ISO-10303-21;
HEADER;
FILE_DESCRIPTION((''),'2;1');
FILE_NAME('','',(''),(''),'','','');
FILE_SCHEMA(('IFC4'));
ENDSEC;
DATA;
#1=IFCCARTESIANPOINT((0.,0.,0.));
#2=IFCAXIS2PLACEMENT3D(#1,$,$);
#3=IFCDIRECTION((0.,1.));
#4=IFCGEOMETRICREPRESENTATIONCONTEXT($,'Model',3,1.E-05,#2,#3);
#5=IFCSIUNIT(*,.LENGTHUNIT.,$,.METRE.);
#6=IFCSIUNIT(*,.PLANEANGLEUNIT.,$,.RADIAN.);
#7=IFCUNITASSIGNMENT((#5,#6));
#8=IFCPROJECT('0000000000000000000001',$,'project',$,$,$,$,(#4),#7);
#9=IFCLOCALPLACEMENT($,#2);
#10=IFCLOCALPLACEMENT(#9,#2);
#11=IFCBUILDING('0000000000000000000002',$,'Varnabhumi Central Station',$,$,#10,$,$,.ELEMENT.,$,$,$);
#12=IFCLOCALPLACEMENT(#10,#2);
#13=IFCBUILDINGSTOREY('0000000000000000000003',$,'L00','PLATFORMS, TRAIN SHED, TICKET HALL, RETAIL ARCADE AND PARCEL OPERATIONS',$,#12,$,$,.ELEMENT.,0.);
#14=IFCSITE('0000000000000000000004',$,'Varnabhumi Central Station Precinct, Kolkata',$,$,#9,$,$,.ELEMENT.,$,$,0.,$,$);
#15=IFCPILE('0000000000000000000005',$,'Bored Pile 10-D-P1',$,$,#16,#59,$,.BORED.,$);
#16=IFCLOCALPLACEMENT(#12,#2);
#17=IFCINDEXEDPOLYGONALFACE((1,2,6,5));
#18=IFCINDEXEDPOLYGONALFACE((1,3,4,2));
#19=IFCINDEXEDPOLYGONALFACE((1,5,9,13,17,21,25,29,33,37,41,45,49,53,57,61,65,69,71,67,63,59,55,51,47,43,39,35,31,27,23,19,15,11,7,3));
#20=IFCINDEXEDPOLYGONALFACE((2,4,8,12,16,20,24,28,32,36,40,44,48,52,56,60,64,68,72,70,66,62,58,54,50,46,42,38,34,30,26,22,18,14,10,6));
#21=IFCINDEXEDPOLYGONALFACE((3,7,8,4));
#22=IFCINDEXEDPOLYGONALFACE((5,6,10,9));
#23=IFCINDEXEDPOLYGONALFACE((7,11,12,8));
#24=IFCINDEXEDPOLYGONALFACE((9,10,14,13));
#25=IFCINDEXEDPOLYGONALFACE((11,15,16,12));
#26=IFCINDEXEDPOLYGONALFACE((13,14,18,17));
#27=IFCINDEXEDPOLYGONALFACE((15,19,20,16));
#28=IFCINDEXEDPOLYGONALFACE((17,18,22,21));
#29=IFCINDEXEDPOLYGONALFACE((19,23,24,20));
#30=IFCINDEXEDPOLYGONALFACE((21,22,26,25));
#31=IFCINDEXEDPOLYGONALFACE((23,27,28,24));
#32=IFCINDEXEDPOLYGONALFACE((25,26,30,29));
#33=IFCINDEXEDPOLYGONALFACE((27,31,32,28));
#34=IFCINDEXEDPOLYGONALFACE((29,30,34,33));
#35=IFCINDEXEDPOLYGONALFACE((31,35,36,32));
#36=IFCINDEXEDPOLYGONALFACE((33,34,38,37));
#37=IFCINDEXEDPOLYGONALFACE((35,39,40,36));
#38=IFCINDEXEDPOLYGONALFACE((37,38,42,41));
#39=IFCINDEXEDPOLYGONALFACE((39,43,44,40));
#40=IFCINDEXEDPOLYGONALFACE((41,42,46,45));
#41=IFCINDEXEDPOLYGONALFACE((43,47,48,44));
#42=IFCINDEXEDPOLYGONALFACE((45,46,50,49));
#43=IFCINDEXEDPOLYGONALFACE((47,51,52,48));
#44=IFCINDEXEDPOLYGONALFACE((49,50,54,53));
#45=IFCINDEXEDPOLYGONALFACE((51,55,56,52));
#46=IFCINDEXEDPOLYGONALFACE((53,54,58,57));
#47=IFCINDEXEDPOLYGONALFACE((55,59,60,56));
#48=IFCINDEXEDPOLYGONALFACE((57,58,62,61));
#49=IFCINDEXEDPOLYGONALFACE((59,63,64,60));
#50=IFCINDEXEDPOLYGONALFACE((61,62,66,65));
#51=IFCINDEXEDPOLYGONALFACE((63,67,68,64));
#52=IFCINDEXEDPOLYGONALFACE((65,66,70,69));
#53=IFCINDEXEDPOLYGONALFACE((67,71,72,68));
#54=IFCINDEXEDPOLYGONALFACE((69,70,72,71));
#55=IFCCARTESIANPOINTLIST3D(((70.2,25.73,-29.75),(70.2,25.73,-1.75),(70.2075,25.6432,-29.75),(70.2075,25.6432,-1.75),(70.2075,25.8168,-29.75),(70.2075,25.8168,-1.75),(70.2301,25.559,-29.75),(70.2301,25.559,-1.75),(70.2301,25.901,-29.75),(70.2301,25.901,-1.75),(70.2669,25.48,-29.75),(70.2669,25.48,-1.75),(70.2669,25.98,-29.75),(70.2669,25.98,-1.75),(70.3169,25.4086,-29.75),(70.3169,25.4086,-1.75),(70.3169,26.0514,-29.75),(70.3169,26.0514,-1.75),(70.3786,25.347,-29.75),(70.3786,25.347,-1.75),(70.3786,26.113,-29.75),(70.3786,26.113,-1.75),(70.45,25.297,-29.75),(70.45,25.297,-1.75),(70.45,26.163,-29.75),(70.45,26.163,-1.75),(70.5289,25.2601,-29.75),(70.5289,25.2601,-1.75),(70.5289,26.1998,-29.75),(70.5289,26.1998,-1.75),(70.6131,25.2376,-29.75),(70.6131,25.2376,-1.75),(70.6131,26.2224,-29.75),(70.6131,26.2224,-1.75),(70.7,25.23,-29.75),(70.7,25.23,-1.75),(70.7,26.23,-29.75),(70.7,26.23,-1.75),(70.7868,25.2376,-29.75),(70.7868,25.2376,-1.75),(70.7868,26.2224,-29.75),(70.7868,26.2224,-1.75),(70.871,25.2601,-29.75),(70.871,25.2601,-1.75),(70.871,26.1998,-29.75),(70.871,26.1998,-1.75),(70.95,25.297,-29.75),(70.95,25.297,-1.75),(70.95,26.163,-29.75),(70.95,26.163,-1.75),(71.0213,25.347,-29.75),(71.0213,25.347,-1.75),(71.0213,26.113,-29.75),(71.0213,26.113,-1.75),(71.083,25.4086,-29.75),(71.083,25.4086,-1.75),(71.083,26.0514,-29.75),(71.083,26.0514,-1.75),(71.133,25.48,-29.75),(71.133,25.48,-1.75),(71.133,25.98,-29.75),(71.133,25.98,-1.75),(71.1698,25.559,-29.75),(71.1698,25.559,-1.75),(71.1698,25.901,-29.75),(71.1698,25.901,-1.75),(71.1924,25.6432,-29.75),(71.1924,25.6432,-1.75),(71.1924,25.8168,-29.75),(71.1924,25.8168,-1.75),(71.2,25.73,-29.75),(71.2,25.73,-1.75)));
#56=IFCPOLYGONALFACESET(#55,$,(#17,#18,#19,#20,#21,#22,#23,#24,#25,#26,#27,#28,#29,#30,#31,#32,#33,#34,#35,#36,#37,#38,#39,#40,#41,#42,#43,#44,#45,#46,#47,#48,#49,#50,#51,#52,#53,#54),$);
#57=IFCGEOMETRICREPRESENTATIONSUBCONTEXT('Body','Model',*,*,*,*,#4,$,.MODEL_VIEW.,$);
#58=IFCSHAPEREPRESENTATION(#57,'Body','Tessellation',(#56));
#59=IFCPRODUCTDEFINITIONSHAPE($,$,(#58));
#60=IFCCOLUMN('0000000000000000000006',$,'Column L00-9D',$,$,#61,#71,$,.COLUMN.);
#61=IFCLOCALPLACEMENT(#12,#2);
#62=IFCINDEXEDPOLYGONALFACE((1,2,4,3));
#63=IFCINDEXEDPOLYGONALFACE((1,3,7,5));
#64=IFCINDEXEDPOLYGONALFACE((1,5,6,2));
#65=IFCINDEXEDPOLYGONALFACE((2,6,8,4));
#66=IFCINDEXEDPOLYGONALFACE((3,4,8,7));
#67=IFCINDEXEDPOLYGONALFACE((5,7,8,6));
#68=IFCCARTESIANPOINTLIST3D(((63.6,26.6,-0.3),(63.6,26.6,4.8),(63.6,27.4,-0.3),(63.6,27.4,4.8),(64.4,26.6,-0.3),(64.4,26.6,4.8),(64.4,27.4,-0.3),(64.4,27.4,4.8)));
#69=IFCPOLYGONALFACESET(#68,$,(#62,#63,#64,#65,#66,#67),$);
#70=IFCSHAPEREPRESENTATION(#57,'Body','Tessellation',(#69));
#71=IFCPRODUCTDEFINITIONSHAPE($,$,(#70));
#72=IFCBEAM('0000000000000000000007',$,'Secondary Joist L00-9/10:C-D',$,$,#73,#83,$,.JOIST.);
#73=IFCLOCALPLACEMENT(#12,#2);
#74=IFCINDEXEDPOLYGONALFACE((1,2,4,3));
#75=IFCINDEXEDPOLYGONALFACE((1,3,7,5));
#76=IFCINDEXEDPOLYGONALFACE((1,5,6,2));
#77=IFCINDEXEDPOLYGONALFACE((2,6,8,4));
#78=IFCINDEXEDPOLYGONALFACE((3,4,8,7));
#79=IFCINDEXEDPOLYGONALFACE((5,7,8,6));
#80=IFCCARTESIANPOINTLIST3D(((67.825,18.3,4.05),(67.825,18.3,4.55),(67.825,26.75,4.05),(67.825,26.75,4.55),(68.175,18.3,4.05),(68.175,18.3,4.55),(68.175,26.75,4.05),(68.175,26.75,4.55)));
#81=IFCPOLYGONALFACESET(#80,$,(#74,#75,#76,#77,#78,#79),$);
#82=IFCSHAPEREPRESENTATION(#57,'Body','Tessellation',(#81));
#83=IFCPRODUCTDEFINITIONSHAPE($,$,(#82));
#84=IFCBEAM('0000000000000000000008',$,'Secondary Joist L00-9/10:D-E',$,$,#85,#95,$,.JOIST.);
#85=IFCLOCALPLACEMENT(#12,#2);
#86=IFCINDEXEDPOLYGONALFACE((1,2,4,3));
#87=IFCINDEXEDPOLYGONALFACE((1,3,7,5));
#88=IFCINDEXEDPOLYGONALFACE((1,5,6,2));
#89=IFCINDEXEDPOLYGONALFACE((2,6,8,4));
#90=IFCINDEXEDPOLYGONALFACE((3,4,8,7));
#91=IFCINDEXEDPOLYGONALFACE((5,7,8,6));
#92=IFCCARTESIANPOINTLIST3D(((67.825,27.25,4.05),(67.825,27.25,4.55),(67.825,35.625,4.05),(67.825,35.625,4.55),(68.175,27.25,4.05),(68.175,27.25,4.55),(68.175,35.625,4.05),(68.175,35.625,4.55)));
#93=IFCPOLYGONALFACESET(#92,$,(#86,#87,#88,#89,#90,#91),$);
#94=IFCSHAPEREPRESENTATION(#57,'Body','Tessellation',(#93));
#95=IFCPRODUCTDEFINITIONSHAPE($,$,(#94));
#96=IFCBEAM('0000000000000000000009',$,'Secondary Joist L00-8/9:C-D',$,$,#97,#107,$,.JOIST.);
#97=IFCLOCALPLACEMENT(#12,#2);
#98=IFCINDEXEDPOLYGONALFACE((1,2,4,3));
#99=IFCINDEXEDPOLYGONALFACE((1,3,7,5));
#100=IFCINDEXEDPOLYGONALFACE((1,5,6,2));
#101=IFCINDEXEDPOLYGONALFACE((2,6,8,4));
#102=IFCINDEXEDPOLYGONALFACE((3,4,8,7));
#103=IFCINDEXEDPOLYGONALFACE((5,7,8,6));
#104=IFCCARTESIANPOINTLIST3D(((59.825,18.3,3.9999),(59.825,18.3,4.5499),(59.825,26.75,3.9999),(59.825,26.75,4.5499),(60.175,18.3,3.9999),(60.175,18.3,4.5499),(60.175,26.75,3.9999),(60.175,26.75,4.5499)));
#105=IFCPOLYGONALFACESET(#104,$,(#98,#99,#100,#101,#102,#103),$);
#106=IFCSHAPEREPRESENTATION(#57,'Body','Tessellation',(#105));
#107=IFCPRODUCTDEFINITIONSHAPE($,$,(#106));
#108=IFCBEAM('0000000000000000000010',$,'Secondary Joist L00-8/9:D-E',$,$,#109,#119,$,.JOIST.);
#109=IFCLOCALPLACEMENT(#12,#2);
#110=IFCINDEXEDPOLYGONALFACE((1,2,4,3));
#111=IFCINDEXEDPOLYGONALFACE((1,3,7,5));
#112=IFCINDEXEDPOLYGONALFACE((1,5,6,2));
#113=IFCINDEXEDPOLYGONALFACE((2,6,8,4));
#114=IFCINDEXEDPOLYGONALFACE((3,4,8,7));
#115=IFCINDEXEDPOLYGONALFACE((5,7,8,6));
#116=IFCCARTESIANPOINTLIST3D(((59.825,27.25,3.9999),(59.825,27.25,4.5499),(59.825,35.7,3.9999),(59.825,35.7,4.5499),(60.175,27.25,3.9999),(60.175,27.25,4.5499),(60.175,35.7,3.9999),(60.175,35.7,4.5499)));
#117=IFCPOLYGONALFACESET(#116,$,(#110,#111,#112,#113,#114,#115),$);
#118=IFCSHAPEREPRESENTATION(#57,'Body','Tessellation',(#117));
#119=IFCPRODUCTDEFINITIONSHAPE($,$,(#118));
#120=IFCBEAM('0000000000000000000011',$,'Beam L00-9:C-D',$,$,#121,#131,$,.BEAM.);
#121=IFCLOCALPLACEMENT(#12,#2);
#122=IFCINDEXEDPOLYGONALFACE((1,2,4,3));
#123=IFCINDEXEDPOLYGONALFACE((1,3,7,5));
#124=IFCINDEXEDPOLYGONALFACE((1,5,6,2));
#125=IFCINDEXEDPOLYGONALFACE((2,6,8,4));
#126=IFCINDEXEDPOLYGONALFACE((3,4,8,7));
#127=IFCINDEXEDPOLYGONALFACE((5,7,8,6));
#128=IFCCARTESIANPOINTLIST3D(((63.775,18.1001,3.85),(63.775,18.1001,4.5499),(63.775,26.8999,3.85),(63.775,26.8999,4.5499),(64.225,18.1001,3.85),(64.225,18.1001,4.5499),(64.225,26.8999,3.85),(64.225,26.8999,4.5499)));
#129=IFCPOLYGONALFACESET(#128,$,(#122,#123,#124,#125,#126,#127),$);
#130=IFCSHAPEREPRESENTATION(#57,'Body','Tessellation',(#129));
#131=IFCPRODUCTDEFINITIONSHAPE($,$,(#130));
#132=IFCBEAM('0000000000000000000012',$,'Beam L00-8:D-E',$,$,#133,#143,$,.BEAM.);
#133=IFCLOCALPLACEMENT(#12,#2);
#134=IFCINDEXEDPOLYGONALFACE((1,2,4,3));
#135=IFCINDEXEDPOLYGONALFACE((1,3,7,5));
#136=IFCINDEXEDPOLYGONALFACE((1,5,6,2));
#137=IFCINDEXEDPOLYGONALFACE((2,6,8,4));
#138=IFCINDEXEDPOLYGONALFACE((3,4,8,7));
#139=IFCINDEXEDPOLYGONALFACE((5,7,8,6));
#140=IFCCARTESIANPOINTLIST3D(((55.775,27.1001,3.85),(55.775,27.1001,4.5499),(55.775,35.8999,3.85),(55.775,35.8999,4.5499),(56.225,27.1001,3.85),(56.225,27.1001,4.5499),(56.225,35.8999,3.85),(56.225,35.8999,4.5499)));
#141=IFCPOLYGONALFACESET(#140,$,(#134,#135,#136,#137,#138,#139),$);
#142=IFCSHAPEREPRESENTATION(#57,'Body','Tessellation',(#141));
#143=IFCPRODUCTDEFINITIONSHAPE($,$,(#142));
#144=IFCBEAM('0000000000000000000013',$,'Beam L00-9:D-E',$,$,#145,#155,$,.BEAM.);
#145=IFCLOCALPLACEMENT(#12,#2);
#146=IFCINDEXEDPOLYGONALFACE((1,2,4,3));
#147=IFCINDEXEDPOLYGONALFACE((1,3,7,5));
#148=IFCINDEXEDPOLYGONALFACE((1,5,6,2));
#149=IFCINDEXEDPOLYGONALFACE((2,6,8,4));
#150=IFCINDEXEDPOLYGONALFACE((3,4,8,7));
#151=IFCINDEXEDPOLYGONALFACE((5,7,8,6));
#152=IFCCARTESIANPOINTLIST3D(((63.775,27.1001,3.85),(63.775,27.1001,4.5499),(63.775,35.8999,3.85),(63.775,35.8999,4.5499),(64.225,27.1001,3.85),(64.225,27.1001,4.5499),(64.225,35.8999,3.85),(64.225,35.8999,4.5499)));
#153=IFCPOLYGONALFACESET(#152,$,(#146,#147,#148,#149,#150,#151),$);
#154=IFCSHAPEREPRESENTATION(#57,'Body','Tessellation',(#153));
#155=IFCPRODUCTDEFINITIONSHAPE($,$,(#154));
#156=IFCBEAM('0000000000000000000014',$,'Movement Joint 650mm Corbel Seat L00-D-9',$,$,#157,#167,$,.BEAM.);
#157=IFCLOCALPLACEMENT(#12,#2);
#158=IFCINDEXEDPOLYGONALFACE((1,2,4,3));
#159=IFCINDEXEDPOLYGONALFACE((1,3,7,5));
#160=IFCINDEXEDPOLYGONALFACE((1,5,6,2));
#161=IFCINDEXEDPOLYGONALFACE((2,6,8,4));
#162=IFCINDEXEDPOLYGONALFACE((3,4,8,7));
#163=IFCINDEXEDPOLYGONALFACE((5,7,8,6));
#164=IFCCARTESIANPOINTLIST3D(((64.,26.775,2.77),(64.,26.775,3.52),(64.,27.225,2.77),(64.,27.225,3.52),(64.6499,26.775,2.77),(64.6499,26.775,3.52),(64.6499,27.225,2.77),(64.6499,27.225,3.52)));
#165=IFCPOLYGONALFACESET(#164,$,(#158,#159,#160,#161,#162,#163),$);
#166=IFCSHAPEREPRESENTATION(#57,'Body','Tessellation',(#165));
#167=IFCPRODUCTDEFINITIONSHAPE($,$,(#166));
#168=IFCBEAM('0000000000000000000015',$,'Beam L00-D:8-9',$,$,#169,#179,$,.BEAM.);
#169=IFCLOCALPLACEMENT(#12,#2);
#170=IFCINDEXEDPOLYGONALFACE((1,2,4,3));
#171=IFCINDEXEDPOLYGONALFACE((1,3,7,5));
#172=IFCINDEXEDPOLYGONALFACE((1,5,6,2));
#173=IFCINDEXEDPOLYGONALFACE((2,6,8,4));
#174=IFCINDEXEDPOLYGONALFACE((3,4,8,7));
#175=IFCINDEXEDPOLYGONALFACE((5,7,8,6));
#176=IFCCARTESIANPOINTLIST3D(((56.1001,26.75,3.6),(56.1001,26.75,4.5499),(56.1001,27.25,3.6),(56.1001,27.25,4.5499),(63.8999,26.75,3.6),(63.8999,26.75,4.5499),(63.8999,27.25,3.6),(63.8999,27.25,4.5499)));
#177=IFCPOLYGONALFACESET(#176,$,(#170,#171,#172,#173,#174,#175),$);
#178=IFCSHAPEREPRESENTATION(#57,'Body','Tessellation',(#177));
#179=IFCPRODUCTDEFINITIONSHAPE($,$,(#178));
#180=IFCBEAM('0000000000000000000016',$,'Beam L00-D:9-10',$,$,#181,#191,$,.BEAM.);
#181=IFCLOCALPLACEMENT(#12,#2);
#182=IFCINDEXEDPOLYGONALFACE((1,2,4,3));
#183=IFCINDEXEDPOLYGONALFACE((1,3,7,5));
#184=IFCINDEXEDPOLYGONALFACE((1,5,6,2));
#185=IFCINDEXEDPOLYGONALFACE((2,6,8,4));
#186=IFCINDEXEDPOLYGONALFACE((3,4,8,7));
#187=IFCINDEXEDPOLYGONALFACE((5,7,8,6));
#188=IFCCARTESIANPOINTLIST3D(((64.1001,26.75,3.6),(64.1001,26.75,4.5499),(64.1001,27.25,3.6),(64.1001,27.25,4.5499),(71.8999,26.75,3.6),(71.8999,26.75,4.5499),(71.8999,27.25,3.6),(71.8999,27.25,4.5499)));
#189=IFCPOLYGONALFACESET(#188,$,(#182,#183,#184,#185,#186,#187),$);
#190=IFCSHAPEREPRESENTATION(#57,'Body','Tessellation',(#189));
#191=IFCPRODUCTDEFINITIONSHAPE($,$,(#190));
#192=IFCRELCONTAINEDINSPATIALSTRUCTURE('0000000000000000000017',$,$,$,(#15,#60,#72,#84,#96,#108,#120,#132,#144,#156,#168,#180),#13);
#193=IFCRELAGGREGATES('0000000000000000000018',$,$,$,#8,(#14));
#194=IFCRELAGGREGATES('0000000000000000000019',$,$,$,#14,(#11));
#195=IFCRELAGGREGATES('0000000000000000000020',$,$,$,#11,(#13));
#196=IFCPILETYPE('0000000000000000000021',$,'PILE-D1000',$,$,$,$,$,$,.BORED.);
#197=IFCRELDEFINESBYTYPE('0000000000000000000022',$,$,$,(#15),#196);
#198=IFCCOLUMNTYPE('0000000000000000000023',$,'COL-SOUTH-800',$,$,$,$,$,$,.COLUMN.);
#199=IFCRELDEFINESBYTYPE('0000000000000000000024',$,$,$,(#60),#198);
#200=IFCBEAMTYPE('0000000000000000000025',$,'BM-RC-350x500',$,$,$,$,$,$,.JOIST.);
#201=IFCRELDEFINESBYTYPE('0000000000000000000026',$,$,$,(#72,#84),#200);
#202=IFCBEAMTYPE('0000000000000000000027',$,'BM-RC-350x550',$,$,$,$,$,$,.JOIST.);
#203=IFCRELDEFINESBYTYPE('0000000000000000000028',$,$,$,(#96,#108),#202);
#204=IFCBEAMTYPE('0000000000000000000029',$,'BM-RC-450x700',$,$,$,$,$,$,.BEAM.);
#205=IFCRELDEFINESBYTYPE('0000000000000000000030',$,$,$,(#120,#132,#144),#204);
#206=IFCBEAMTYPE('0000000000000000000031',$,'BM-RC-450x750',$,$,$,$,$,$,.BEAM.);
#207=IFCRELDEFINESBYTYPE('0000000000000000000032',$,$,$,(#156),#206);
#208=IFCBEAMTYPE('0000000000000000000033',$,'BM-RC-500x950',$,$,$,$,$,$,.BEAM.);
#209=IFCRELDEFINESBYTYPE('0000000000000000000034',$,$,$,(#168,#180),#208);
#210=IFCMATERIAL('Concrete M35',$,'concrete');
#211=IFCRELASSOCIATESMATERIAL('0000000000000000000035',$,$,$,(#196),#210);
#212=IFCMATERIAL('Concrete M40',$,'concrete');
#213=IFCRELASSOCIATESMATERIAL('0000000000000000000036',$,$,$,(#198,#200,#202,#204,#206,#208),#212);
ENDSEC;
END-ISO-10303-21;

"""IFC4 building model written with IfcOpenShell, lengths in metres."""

from ifc_helpers import new_model, si_unit, direction, frame, origin, origin_2d, place, context, subcontext, project, spatial, rectangle, circle, extrude, material, material_profile, profile_set, type_object, element, save


model = new_model("IFC4")

# Units and contexts
model_context = context("Model", 3, precision=1e-05, world=origin(), true_north=direction((0.0, 1.0)))
body_context = subcontext(model_context, "Body", "Model", "MODEL_VIEW")
ifc_project = project(units=[si_unit("LENGTHUNIT", "METRE"), si_unit("PLANEANGLEUNIT", "RADIAN")], contexts=[model_context])

# Site, building, storey
site_placement = place(None, origin())
site = spatial("IfcSite", under=ifc_project, at=site_placement, Name="Varnabhumi Central Station Precinct, Kolkata", CompositionType="ELEMENT", RefElevation=0.0)
building_placement = place(site_placement, origin())
building = spatial("IfcBuilding", under=site, at=building_placement, Name="Varnabhumi Central Station", CompositionType="ELEMENT")
storey_placement = place(building_placement, origin())
storey = spatial("IfcBuildingStorey", under=building, at=storey_placement, Name="L00", Description="PLATFORMS, TRAIN SHED, TICKET HALL, RETAIL ARCADE AND PARCEL OPERATIONS", CompositionType="ELEMENT", Elevation=0.0)

# Shared definitions
ifc_material_1 = material(Name="Concrete M40", Category="concrete")

# Pile
ifc_material_2 = material(Name="Concrete M35", Category="concrete")
ifc_material_profile_1 = material_profile(ifc_material_2, circle(Radius=0.5, at=origin_2d()), Name="Concrete M35", Category="concrete")
ifc_profile_set_1 = profile_set([ifc_material_profile_1], Name="Concrete M35")
pile_type = type_object("IfcPileType", Name="PILE-D1000", PredefinedType="BORED", material=ifc_profile_set_1)
for number, where, z_axis, x_axis, name in (
    (1, (70.7, 25.73, -1.75), (0.0, 0.0, -1.0), (1.0, 0.0, 0.0), "Bored Pile 10-D-P1"),
):
    element("IfcPile", number, at=place(storey_placement, frame(where, z_axis=z_axis, x_axis=x_axis)), inside=storey, type_object=pile_type, Name=name, PredefinedType="BORED", context=body_context, shape_type="SweptSolid", body=[
        extrude(circle(Radius=0.5, at=origin_2d()), origin(), (0.0, 0.0, 1.0), 28.0),
    ])

# Column
ifc_material_profile_2 = material_profile(ifc_material_1, rectangle(XDim=0.8, YDim=0.8, at=origin_2d()), Name="Concrete M40", Category="concrete")
ifc_profile_set_2 = profile_set([ifc_material_profile_2], Name="Concrete M40")
column_type = type_object("IfcColumnType", Name="COL-SOUTH-800", PredefinedType="COLUMN", material=ifc_profile_set_2)
column_placement = place(storey_placement, frame((64.0, 27.0, -0.3), z_axis=(0.0, 0.0, 1.0), x_axis=(1.0, 0.0, 0.0)))
element("IfcColumn", 2, at=column_placement, inside=storey, type_object=column_type, Name="Column L00-9D", PredefinedType="COLUMN", context=body_context, shape_type="SweptSolid", body=[
    extrude(rectangle(XDim=0.8, YDim=0.8, at=origin_2d()), origin(), (0.0, 0.0, 1.0), 5.1001),
])

# Beams
ifc_material_profile_3 = material_profile(ifc_material_1, rectangle(XDim=0.3501, YDim=0.5, at=origin_2d()), Name="Concrete M40", Category="concrete")
ifc_profile_set_3 = profile_set([ifc_material_profile_3], Name="Concrete M40")
beam_type_1 = type_object("IfcBeamType", Name="BM-RC-350x500", PredefinedType="JOIST", material=ifc_profile_set_3)
beam_1_placement = place(storey_placement, frame((68.0, 18.3, 4.3), z_axis=(0.0, 1.0, 0.0), x_axis=(-1.0, 0.0, 0.0)))
element("IfcBeam", 3, at=beam_1_placement, inside=storey, type_object=beam_type_1, Name="Secondary Joist L00-9/10:C-D", PredefinedType="JOIST", context=body_context, shape_type="SweptSolid", body=[
    extrude(rectangle(XDim=0.3501, YDim=0.5, at=origin_2d()), origin(), (0.0, 0.0, 1.0), 8.45),
])
beam_2_placement = place(storey_placement, frame((68.0, 27.25, 4.3), z_axis=(0.0, 1.0, 0.0), x_axis=(-1.0, 0.0, 0.0)))
element("IfcBeam", 4, at=beam_2_placement, inside=storey, type_object=beam_type_1, Name="Secondary Joist L00-9/10:D-E", PredefinedType="JOIST", context=body_context, shape_type="SweptSolid", body=[
    extrude(rectangle(XDim=0.3501, YDim=0.5, at=origin_2d()), origin(), (0.0, 0.0, 1.0), 8.375),
])
ifc_material_profile_4 = material_profile(ifc_material_1, rectangle(XDim=0.3501, YDim=0.55, at=origin_2d()), Name="Concrete M40", Category="concrete")
ifc_profile_set_4 = profile_set([ifc_material_profile_4], Name="Concrete M40")
beam_type_2 = type_object("IfcBeamType", Name="BM-RC-350x550", PredefinedType="JOIST", material=ifc_profile_set_4)
for number, where, z_axis, x_axis, name in (
    (5, (60.0, 18.3, 4.2749), (0.0, 1.0, 0.0), (-1.0, 0.0, 0.0), "Secondary Joist L00-8/9:C-D"),
    (6, (60.0, 27.25, 4.2749), (0.0, 1.0, 0.0), (-1.0, 0.0, 0.0), "Secondary Joist L00-8/9:D-E"),
):
    element("IfcBeam", number, at=place(storey_placement, frame(where, z_axis=z_axis, x_axis=x_axis)), inside=storey, type_object=beam_type_2, Name=name, PredefinedType="JOIST", context=body_context, shape_type="SweptSolid", body=[
        extrude(rectangle(XDim=0.3501, YDim=0.55, at=origin_2d()), origin(), (0.0, 0.0, 1.0), 8.45),
    ])
ifc_material_profile_5 = material_profile(ifc_material_1, rectangle(XDim=0.45, YDim=0.7, at=origin_2d()), Name="Concrete M40", Category="concrete")
ifc_profile_set_5 = profile_set([ifc_material_profile_5], Name="Concrete M40")
beam_type_3 = type_object("IfcBeamType", Name="BM-RC-450x700", PredefinedType="BEAM", material=ifc_profile_set_5)
for number, where, z_axis, x_axis, name in (
    (7, (64.0, 18.1001, 4.2), (0.0, 1.0, 0.0), (-1.0, 0.0, 0.0), "Beam L00-9:C-D"),
    (8, (56.0, 27.1001, 4.2), (0.0, 1.0, 0.0), (-1.0, 0.0, 0.0), "Beam L00-8:D-E"),
    (9, (64.0, 27.1001, 4.2), (0.0, 1.0, 0.0), (-1.0, 0.0, 0.0), "Beam L00-9:D-E"),
):
    element("IfcBeam", number, at=place(storey_placement, frame(where, z_axis=z_axis, x_axis=x_axis)), inside=storey, type_object=beam_type_3, Name=name, PredefinedType="BEAM", context=body_context, shape_type="SweptSolid", body=[
        extrude(rectangle(XDim=0.45, YDim=0.7, at=origin_2d()), origin(), (0.0, 0.0, 1.0), 8.7998),
    ])
ifc_material_profile_6 = material_profile(ifc_material_1, rectangle(XDim=0.45, YDim=0.75, at=origin_2d()), Name="Concrete M40", Category="concrete")
ifc_profile_set_6 = profile_set([ifc_material_profile_6], Name="Concrete M40")
beam_type_4 = type_object("IfcBeamType", Name="BM-RC-450x750", PredefinedType="BEAM", material=ifc_profile_set_6)
beam_3_placement = place(storey_placement, frame((64.0, 27.0, 3.145), z_axis=(1.0, 0.0, 0.0), x_axis=(0.0, 1.0, 0.0)))
element("IfcBeam", 10, at=beam_3_placement, inside=storey, type_object=beam_type_4, Name="Movement Joint 650mm Corbel Seat L00-D-9", PredefinedType="BEAM", context=body_context, shape_type="SweptSolid", body=[
    extrude(rectangle(XDim=0.45, YDim=0.75, at=origin_2d()), origin(), (0.0, 0.0, 1.0), 0.6499),
])
ifc_material_profile_7 = material_profile(ifc_material_1, rectangle(XDim=0.5, YDim=0.95, at=origin_2d()), Name="Concrete M40", Category="concrete")
ifc_profile_set_7 = profile_set([ifc_material_profile_7], Name="Concrete M40")
beam_type_5 = type_object("IfcBeamType", Name="BM-RC-500x950", PredefinedType="BEAM", material=ifc_profile_set_7)
for number, where, z_axis, x_axis, name in (
    (11, (56.1001, 27.0, 4.075), (1.0, 0.0, 0.0), (0.0, 1.0, 0.0), "Beam L00-D:8-9"),
    (12, (64.1001, 27.0, 4.075), (1.0, 0.0, 0.0), (0.0, 1.0, 0.0), "Beam L00-D:9-10"),
):
    element("IfcBeam", number, at=place(storey_placement, frame(where, z_axis=z_axis, x_axis=x_axis)), inside=storey, type_object=beam_type_5, Name=name, PredefinedType="BEAM", context=body_context, shape_type="SweptSolid", body=[
        extrude(rectangle(XDim=0.5, YDim=0.95, at=origin_2d()), origin(), (0.0, 0.0, 1.0), 7.7998),
    ])

save(model, "model.ifc")
